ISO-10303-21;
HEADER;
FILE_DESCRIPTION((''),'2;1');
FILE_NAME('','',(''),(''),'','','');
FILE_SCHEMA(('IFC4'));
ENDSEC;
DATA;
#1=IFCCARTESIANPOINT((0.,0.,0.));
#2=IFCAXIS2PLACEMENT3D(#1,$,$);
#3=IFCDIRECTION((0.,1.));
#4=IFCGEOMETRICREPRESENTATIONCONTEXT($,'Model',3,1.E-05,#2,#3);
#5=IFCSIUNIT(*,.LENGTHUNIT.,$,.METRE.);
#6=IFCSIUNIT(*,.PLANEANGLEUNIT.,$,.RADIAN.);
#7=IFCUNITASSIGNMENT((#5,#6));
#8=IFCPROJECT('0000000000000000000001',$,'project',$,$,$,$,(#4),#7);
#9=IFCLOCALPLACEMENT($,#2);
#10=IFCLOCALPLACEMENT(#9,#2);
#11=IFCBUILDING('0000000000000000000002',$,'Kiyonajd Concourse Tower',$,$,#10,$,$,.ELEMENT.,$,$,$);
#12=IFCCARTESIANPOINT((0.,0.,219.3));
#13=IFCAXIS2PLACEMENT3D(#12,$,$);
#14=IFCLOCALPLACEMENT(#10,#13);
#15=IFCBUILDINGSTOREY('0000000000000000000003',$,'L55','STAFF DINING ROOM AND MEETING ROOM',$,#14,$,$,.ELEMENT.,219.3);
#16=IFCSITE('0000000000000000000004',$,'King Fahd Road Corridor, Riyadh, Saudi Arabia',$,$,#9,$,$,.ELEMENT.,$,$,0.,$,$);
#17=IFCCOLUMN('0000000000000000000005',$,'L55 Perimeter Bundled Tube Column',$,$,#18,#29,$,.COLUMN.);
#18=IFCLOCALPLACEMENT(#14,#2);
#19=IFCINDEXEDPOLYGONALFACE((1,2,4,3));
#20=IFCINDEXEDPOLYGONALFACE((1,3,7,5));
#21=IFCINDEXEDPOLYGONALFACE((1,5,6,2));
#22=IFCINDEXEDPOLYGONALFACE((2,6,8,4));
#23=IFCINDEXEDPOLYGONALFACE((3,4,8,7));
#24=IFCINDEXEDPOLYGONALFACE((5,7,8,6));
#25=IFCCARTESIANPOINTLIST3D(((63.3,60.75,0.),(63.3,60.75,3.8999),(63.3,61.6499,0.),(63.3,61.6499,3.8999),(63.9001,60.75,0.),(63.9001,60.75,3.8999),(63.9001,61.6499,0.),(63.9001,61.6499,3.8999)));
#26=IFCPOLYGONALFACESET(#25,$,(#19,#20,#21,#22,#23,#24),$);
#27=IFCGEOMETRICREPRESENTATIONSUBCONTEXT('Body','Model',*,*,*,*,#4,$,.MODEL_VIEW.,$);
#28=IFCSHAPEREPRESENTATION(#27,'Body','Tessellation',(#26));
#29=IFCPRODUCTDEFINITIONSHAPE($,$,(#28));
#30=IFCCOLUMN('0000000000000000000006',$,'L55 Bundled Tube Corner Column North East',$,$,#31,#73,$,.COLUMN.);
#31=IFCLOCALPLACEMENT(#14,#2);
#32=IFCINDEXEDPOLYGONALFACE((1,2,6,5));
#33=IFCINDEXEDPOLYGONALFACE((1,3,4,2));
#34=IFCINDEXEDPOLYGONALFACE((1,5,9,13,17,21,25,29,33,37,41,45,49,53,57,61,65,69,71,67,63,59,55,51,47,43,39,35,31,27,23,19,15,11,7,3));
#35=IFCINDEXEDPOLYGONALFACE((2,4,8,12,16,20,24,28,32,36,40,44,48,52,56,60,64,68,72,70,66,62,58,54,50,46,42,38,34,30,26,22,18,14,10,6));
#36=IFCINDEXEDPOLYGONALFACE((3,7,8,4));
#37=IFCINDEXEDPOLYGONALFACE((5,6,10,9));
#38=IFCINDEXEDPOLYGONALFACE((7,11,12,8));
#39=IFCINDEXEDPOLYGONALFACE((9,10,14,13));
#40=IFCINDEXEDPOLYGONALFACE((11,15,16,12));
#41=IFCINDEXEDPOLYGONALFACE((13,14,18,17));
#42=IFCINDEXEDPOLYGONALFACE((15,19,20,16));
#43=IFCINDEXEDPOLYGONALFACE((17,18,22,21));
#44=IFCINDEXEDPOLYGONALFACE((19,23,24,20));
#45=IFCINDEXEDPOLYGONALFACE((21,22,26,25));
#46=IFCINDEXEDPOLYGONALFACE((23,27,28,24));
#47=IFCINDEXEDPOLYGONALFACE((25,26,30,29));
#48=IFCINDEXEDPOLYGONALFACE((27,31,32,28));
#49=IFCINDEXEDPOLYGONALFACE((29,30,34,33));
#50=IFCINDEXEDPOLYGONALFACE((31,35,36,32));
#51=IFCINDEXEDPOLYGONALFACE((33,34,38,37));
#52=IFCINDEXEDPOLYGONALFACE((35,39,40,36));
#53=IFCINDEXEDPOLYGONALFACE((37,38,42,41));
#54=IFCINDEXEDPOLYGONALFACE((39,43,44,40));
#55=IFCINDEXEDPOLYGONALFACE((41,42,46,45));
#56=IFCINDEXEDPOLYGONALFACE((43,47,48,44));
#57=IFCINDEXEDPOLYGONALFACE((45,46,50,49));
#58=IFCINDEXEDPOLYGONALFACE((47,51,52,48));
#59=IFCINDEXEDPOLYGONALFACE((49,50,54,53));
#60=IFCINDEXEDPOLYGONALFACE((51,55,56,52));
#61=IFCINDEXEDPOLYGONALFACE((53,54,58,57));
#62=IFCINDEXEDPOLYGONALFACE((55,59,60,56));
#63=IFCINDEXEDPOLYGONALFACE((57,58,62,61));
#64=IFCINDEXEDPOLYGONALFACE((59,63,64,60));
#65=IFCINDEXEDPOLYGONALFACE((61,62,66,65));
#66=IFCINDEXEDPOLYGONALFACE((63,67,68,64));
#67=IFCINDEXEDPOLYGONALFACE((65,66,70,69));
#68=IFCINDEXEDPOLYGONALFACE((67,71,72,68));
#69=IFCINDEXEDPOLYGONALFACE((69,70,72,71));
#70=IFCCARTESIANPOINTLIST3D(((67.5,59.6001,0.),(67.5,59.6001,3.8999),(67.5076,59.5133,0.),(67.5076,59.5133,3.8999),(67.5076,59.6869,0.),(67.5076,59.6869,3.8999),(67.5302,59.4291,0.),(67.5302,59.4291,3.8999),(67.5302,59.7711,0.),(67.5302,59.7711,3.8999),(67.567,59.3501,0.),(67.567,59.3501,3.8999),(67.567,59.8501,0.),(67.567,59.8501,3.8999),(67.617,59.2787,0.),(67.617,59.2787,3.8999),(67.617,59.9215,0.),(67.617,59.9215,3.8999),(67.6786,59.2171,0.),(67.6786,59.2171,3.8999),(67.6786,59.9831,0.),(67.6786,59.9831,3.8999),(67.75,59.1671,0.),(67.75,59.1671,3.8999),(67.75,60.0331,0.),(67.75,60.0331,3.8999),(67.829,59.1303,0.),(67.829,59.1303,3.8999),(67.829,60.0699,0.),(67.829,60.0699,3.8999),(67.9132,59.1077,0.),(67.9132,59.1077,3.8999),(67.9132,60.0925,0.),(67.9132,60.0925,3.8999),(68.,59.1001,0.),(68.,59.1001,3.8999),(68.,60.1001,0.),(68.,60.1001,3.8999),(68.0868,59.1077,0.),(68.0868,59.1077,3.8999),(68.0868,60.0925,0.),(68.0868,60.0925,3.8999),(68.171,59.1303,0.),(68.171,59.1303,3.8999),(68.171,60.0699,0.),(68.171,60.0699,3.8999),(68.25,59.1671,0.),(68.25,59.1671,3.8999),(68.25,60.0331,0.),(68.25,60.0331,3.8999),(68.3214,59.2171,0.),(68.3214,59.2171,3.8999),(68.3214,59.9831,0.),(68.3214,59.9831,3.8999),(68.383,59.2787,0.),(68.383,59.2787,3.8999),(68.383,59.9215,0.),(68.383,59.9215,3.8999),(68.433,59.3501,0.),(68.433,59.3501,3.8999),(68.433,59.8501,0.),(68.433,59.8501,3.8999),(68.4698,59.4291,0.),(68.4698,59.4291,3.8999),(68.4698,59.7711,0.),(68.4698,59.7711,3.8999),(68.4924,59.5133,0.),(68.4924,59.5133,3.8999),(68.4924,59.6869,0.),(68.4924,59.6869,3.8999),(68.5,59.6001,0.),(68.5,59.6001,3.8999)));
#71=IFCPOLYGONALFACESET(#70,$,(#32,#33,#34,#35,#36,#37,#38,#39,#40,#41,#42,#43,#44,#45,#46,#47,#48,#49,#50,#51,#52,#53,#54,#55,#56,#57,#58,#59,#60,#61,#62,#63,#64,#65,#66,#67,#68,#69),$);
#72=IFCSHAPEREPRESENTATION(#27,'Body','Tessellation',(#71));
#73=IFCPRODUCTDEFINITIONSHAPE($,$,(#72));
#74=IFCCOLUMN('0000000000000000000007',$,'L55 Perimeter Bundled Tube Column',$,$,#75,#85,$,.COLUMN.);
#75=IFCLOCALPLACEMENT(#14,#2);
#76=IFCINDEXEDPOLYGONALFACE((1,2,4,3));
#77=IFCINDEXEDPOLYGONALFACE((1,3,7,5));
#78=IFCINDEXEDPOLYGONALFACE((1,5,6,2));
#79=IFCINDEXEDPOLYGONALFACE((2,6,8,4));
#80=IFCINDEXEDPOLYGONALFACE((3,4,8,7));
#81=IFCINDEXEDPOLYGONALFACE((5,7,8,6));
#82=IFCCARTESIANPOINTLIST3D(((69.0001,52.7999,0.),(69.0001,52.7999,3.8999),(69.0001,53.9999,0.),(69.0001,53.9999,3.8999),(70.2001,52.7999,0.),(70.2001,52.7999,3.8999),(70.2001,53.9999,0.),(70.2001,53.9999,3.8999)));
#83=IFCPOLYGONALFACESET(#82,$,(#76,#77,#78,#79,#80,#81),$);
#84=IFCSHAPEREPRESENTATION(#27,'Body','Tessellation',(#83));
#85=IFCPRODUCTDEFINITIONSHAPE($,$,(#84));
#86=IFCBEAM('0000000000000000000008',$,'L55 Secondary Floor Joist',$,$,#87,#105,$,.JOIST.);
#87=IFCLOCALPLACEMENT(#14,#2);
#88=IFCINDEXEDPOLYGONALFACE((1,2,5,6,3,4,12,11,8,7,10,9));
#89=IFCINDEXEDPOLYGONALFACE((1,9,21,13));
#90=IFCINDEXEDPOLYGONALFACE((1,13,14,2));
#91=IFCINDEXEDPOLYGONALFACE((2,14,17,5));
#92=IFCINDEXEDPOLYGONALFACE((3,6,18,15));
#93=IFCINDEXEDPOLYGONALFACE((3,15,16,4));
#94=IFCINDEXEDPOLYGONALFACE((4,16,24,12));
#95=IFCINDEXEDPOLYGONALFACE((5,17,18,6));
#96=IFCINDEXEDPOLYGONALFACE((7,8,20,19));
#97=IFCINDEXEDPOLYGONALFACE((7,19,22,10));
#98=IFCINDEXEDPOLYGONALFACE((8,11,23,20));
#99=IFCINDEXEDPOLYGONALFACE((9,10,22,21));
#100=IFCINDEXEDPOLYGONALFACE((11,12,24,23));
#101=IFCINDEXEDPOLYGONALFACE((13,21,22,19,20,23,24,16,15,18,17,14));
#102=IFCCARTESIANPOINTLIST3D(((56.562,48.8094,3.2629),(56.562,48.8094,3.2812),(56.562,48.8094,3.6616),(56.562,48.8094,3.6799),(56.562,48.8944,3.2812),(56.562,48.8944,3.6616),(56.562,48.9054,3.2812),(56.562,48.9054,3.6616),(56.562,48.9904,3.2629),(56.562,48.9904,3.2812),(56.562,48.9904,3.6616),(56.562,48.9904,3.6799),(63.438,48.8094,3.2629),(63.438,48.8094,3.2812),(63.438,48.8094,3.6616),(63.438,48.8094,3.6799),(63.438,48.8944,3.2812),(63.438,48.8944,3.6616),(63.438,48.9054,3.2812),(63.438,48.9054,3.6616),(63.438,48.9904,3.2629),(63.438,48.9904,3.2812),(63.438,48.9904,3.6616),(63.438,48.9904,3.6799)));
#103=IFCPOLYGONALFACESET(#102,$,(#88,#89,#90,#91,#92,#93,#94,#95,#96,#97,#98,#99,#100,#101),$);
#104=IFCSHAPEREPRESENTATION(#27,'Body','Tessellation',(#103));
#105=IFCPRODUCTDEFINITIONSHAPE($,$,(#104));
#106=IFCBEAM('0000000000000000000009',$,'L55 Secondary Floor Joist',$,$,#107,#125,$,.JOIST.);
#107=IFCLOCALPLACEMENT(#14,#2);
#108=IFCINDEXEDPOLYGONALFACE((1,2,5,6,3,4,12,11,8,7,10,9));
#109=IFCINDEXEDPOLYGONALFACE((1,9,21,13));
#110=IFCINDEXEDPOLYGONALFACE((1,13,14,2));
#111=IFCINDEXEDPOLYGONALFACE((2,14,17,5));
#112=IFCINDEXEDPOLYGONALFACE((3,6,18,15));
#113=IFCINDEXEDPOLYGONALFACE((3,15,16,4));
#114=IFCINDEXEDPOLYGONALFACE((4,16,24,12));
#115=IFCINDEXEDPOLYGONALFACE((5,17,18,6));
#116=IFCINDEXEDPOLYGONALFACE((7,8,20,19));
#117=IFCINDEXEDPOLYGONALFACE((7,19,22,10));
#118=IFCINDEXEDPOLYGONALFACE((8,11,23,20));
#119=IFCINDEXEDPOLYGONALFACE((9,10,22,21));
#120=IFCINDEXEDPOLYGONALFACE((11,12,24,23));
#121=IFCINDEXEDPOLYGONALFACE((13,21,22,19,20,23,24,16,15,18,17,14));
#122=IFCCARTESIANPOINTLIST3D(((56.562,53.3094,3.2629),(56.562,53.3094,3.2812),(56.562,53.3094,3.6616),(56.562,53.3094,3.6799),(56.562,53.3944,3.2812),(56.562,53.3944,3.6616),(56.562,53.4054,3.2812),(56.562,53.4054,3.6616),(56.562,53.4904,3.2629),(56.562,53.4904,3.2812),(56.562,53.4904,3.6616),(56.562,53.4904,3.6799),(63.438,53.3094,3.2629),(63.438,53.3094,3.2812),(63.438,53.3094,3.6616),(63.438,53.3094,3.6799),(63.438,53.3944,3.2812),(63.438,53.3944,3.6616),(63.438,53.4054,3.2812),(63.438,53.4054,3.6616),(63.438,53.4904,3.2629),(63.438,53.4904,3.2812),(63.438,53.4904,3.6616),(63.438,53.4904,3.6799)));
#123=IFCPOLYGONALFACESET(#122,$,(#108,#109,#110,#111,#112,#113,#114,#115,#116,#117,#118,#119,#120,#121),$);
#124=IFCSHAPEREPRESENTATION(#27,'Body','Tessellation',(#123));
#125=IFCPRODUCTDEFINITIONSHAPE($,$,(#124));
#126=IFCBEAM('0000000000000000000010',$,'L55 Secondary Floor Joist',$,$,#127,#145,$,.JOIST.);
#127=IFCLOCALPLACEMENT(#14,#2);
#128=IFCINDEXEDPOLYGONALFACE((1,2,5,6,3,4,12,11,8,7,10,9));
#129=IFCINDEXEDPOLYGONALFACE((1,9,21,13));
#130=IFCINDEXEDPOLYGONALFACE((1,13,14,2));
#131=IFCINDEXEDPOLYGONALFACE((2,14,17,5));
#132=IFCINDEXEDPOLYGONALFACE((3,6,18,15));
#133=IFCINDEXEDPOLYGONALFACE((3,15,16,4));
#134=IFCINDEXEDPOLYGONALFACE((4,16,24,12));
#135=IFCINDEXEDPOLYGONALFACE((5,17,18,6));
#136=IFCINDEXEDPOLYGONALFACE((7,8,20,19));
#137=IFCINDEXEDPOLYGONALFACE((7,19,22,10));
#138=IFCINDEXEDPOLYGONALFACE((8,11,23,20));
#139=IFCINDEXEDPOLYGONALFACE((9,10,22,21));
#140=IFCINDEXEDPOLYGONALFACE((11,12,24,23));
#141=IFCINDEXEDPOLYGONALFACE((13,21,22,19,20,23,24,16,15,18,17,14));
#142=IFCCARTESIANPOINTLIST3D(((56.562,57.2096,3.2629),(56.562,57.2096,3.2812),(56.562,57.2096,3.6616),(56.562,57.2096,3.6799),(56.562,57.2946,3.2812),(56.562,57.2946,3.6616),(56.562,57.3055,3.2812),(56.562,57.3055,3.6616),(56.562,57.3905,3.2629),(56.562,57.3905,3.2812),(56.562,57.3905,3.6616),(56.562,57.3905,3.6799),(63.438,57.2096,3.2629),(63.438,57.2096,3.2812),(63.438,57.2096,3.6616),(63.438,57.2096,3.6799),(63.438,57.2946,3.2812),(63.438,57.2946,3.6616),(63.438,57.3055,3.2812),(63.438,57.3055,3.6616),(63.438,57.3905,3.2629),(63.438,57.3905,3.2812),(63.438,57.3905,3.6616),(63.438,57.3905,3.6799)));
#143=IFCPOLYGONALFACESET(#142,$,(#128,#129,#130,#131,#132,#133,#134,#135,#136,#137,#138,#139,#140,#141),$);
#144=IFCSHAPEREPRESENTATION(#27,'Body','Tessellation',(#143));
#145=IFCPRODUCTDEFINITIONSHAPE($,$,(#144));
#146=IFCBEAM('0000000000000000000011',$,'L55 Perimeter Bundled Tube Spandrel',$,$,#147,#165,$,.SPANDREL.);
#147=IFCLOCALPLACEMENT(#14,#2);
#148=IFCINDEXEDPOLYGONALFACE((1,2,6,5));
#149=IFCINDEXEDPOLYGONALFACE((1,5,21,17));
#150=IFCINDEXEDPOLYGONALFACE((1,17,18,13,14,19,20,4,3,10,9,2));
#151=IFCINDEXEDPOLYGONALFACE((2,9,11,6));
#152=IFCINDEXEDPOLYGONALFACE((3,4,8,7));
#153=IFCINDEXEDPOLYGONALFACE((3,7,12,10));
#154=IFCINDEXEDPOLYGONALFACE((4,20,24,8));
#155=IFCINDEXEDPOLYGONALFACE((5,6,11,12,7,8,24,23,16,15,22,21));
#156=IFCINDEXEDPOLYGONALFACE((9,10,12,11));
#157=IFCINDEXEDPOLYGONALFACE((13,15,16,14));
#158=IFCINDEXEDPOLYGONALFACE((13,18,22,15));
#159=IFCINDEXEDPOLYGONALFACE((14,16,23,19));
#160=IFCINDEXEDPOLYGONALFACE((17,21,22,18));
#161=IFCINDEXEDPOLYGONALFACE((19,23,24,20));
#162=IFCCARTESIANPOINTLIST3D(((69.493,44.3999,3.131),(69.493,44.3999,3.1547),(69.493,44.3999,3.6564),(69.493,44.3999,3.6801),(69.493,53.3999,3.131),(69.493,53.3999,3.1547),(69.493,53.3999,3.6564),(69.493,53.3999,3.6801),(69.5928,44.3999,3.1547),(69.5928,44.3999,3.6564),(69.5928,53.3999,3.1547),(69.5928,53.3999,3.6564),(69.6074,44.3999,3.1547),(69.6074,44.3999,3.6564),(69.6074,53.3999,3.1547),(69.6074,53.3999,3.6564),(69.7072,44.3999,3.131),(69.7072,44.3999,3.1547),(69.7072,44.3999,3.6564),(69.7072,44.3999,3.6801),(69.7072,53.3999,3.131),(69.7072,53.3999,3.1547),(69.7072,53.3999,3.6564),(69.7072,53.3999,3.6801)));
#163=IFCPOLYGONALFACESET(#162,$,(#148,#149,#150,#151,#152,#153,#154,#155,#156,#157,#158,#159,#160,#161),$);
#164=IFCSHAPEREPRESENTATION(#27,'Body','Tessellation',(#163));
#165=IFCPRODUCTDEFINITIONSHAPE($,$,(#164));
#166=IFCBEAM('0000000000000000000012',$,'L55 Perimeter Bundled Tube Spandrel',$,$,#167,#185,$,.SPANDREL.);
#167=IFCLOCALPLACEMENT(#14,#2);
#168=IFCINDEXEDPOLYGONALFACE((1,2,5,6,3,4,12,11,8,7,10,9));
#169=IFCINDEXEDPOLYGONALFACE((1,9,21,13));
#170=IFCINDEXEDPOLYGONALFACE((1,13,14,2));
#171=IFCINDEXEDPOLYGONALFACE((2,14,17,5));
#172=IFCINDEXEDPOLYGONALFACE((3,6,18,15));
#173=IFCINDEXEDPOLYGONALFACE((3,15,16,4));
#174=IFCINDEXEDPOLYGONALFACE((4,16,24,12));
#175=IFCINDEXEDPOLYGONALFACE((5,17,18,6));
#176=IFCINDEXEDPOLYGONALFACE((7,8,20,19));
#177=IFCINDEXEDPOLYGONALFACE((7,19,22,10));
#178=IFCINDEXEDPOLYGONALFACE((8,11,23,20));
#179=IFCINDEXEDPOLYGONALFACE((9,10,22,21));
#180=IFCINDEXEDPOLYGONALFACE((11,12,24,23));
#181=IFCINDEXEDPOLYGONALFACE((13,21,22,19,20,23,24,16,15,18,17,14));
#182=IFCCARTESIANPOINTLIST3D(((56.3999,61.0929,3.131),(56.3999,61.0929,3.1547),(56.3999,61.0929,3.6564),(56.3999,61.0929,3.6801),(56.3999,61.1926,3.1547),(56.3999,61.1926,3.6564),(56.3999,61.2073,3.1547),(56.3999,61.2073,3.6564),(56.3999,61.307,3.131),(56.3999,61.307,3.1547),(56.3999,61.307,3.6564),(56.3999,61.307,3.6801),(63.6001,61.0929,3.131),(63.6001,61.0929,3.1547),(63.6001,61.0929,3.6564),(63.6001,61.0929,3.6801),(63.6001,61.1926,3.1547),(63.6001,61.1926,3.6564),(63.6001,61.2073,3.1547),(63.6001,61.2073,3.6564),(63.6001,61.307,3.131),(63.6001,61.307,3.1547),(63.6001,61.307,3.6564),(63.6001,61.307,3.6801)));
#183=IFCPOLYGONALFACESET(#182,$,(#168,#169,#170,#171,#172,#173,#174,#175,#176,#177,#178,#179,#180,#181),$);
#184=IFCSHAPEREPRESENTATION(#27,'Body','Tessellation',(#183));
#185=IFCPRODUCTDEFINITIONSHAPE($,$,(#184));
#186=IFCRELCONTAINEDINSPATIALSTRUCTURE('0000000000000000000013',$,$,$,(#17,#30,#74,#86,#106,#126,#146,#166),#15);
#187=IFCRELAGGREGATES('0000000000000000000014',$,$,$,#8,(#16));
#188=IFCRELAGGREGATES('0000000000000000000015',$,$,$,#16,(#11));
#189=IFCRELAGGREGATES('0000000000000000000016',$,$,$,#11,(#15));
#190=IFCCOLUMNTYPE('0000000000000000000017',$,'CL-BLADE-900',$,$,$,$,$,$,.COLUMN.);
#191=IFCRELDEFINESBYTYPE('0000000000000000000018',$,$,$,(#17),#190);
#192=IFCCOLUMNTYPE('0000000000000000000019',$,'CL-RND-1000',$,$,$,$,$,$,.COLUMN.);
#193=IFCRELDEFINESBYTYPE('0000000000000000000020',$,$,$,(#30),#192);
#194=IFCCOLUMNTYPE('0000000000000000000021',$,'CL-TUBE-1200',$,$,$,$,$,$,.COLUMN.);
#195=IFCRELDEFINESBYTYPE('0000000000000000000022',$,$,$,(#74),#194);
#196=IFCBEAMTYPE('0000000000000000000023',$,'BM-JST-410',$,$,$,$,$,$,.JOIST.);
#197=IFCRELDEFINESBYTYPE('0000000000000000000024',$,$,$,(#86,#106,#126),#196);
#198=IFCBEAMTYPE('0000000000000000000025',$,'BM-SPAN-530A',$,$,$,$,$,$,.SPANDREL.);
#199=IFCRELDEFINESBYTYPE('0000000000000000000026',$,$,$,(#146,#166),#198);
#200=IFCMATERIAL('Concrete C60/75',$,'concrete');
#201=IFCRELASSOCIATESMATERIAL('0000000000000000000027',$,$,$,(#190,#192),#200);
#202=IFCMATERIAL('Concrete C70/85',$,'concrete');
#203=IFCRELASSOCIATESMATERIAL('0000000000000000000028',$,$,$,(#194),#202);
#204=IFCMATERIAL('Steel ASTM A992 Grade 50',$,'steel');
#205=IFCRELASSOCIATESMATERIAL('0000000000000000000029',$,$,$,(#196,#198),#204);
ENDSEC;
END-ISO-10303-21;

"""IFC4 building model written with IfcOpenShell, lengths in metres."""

from ifc_helpers import new_model, si_unit, direction, frame, origin, origin_2d, place, context, subcontext, project, spatial, rectangle, circle, i_section, extrude, material, material_profile, profile_set, type_object, element, save


model = new_model("IFC4")

# Units and contexts
model_context = context("Model", 3, precision=1e-05, world=origin(), true_north=direction((0.0, 1.0)))
body_context = subcontext(model_context, "Body", "Model", "MODEL_VIEW")
ifc_project = project(units=[si_unit("LENGTHUNIT", "METRE"), si_unit("PLANEANGLEUNIT", "RADIAN")], contexts=[model_context])

# Site, building, storey
site_placement = place(None, origin())
site = spatial("IfcSite", under=ifc_project, at=site_placement, Name="King Fahd Road Corridor, Riyadh, Saudi Arabia", CompositionType="ELEMENT", RefElevation=0.0)
building_placement = place(site_placement, origin())
building = spatial("IfcBuilding", under=site, at=building_placement, Name="Kiyonajd Concourse Tower", CompositionType="ELEMENT")
storey_placement = place(building_placement, frame((0.0, 0.0, 219.3)))
storey = spatial("IfcBuildingStorey", under=building, at=storey_placement, Name="L55", Description="STAFF DINING ROOM AND MEETING ROOM", CompositionType="ELEMENT", Elevation=219.3)

# Columns
ifc_material_1 = material(Name="Concrete C60/75", Category="concrete")
ifc_material_profile_1 = material_profile(ifc_material_1, rectangle(XDim=0.6001, YDim=0.8999, at=origin_2d()), Name="RC-900x600")
ifc_profile_set_1 = profile_set([ifc_material_profile_1], Name="Concrete C60/75")
column_type_1 = type_object("IfcColumnType", Name="CL-BLADE-900", PredefinedType="COLUMN", material=ifc_profile_set_1)
column_1_placement = place(storey_placement, frame((63.6001, 61.2, 0.0), z_axis=(0.0, 0.0, 1.0), x_axis=(1.0, 0.0, 0.0)))
element("IfcColumn", 1, at=column_1_placement, inside=storey, type_object=column_type_1, Name="L55 Perimeter Bundled Tube Column", PredefinedType="COLUMN", context=body_context, shape_type="SweptSolid", body=[
    extrude(rectangle(XDim=0.6001, YDim=0.8999, at=origin_2d()), origin(), (0.0, 0.0, 1.0), 3.8999),
])
ifc_material_profile_2 = material_profile(ifc_material_1, circle(Radius=0.5, at=origin_2d()), Name="RCC-D1000")
ifc_profile_set_2 = profile_set([ifc_material_profile_2], Name="Concrete C60/75")
column_type_2 = type_object("IfcColumnType", Name="CL-RND-1000", PredefinedType="COLUMN", material=ifc_profile_set_2)
column_2_placement = place(storey_placement, frame((68.0, 59.6001, 0.0), z_axis=(0.0, 0.0, 1.0), x_axis=(1.0, 0.0, 0.0)))
element("IfcColumn", 2, at=column_2_placement, inside=storey, type_object=column_type_2, Name="L55 Bundled Tube Corner Column North East", PredefinedType="COLUMN", context=body_context, shape_type="SweptSolid", body=[
    extrude(circle(Radius=0.5, at=origin_2d()), origin(), (0.0, 0.0, 1.0), 3.8999),
])
ifc_material_2 = material(Name="Concrete C70/85", Category="concrete")
ifc_material_profile_3 = material_profile(ifc_material_2, rectangle(XDim=1.2, YDim=1.2, at=origin_2d()), Name="RC-1200x1200")
ifc_profile_set_3 = profile_set([ifc_material_profile_3], Name="Concrete C70/85")
column_type_3 = type_object("IfcColumnType", Name="CL-TUBE-1200", PredefinedType="COLUMN", material=ifc_profile_set_3)
column_3_placement = place(storey_placement, frame((69.6001, 53.3999, 0.0), z_axis=(0.0, 0.0, 1.0), x_axis=(1.0, 0.0, 0.0)))
element("IfcColumn", 3, at=column_3_placement, inside=storey, type_object=column_type_3, Name="L55 Perimeter Bundled Tube Column", PredefinedType="COLUMN", context=body_context, shape_type="SweptSolid", body=[
    extrude(rectangle(XDim=1.2, YDim=1.2, at=origin_2d()), origin(), (0.0, 0.0, 1.0), 3.8999),
])

# Beams
ifc_material_3 = material(Name="Steel ASTM A992 Grade 50", Category="steel")
ifc_material_profile_4 = material_profile(ifc_material_3, i_section(OverallWidth=0.1809, OverallDepth=0.417, WebThickness=0.011, FlangeThickness=0.0183, at=origin_2d()), Name="W410X85")
ifc_profile_set_4 = profile_set([ifc_material_profile_4], Name="Steel ASTM A992 Grade 50")
beam_type_1 = type_object("IfcBeamType", Name="BM-JST-410", PredefinedType="JOIST", material=ifc_profile_set_4)
for number, where, z_axis, x_axis, name in (
    (4, (56.562, 48.8999, 3.4714), (1.0, 0.0, 0.0), (0.0, 1.0, 0.0), "L55 Secondary Floor Joist"),
    (5, (56.562, 53.3999, 3.4714), (1.0, 0.0, 0.0), (0.0, 1.0, 0.0), "L55 Secondary Floor Joist"),
    (6, (56.562, 57.3, 3.4714), (1.0, 0.0, 0.0), (0.0, 1.0, 0.0), "L55 Secondary Floor Joist"),
):
    element("IfcBeam", number, at=place(storey_placement, frame(where, z_axis=z_axis, x_axis=x_axis)), inside=storey, type_object=beam_type_1, Name=name, PredefinedType="JOIST", context=body_context, shape_type="SweptSolid", body=[
        extrude(i_section(OverallWidth=0.1809, OverallDepth=0.417, WebThickness=0.011, FlangeThickness=0.0183, at=origin_2d()), origin(), (0.0, 0.0, 1.0), 6.876),
    ])
ifc_material_profile_5 = material_profile(ifc_material_3, i_section(OverallWidth=0.2141, OverallDepth=0.5491, WebThickness=0.0146, FlangeThickness=0.0237, at=origin_2d()), Name="W530X138")
ifc_profile_set_5 = profile_set([ifc_material_profile_5], Name="Steel ASTM A992 Grade 50")
beam_type_2 = type_object("IfcBeamType", Name="BM-SPAN-530A", PredefinedType="SPANDREL", material=ifc_profile_set_5)
beam_1_placement = place(storey_placement, frame((69.6001, 44.3999, 3.4055), z_axis=(0.0, 1.0, 0.0), x_axis=(-1.0, 0.0, 0.0)))
element("IfcBeam", 7, at=beam_1_placement, inside=storey, type_object=beam_type_2, Name="L55 Perimeter Bundled Tube Spandrel", PredefinedType="SPANDREL", context=body_context, shape_type="SweptSolid", body=[
    extrude(i_section(OverallWidth=0.2141, OverallDepth=0.5491, WebThickness=0.0146, FlangeThickness=0.0237, at=origin_2d()), origin(), (0.0, 0.0, 1.0), 9.0),
])
beam_2_placement = place(storey_placement, frame((63.6001, 61.2, 3.4055), z_axis=(-1.0, 0.0, 0.0), x_axis=(0.0, -1.0, 0.0)))
element("IfcBeam", 8, at=beam_2_placement, inside=storey, type_object=beam_type_2, Name="L55 Perimeter Bundled Tube Spandrel", PredefinedType="SPANDREL", context=body_context, shape_type="SweptSolid", body=[
    extrude(i_section(OverallWidth=0.2141, OverallDepth=0.5491, WebThickness=0.0146, FlangeThickness=0.0237, at=origin_2d()), origin(), (0.0, 0.0, 1.0), 7.2002),
])

save(model, "model.ifc")
